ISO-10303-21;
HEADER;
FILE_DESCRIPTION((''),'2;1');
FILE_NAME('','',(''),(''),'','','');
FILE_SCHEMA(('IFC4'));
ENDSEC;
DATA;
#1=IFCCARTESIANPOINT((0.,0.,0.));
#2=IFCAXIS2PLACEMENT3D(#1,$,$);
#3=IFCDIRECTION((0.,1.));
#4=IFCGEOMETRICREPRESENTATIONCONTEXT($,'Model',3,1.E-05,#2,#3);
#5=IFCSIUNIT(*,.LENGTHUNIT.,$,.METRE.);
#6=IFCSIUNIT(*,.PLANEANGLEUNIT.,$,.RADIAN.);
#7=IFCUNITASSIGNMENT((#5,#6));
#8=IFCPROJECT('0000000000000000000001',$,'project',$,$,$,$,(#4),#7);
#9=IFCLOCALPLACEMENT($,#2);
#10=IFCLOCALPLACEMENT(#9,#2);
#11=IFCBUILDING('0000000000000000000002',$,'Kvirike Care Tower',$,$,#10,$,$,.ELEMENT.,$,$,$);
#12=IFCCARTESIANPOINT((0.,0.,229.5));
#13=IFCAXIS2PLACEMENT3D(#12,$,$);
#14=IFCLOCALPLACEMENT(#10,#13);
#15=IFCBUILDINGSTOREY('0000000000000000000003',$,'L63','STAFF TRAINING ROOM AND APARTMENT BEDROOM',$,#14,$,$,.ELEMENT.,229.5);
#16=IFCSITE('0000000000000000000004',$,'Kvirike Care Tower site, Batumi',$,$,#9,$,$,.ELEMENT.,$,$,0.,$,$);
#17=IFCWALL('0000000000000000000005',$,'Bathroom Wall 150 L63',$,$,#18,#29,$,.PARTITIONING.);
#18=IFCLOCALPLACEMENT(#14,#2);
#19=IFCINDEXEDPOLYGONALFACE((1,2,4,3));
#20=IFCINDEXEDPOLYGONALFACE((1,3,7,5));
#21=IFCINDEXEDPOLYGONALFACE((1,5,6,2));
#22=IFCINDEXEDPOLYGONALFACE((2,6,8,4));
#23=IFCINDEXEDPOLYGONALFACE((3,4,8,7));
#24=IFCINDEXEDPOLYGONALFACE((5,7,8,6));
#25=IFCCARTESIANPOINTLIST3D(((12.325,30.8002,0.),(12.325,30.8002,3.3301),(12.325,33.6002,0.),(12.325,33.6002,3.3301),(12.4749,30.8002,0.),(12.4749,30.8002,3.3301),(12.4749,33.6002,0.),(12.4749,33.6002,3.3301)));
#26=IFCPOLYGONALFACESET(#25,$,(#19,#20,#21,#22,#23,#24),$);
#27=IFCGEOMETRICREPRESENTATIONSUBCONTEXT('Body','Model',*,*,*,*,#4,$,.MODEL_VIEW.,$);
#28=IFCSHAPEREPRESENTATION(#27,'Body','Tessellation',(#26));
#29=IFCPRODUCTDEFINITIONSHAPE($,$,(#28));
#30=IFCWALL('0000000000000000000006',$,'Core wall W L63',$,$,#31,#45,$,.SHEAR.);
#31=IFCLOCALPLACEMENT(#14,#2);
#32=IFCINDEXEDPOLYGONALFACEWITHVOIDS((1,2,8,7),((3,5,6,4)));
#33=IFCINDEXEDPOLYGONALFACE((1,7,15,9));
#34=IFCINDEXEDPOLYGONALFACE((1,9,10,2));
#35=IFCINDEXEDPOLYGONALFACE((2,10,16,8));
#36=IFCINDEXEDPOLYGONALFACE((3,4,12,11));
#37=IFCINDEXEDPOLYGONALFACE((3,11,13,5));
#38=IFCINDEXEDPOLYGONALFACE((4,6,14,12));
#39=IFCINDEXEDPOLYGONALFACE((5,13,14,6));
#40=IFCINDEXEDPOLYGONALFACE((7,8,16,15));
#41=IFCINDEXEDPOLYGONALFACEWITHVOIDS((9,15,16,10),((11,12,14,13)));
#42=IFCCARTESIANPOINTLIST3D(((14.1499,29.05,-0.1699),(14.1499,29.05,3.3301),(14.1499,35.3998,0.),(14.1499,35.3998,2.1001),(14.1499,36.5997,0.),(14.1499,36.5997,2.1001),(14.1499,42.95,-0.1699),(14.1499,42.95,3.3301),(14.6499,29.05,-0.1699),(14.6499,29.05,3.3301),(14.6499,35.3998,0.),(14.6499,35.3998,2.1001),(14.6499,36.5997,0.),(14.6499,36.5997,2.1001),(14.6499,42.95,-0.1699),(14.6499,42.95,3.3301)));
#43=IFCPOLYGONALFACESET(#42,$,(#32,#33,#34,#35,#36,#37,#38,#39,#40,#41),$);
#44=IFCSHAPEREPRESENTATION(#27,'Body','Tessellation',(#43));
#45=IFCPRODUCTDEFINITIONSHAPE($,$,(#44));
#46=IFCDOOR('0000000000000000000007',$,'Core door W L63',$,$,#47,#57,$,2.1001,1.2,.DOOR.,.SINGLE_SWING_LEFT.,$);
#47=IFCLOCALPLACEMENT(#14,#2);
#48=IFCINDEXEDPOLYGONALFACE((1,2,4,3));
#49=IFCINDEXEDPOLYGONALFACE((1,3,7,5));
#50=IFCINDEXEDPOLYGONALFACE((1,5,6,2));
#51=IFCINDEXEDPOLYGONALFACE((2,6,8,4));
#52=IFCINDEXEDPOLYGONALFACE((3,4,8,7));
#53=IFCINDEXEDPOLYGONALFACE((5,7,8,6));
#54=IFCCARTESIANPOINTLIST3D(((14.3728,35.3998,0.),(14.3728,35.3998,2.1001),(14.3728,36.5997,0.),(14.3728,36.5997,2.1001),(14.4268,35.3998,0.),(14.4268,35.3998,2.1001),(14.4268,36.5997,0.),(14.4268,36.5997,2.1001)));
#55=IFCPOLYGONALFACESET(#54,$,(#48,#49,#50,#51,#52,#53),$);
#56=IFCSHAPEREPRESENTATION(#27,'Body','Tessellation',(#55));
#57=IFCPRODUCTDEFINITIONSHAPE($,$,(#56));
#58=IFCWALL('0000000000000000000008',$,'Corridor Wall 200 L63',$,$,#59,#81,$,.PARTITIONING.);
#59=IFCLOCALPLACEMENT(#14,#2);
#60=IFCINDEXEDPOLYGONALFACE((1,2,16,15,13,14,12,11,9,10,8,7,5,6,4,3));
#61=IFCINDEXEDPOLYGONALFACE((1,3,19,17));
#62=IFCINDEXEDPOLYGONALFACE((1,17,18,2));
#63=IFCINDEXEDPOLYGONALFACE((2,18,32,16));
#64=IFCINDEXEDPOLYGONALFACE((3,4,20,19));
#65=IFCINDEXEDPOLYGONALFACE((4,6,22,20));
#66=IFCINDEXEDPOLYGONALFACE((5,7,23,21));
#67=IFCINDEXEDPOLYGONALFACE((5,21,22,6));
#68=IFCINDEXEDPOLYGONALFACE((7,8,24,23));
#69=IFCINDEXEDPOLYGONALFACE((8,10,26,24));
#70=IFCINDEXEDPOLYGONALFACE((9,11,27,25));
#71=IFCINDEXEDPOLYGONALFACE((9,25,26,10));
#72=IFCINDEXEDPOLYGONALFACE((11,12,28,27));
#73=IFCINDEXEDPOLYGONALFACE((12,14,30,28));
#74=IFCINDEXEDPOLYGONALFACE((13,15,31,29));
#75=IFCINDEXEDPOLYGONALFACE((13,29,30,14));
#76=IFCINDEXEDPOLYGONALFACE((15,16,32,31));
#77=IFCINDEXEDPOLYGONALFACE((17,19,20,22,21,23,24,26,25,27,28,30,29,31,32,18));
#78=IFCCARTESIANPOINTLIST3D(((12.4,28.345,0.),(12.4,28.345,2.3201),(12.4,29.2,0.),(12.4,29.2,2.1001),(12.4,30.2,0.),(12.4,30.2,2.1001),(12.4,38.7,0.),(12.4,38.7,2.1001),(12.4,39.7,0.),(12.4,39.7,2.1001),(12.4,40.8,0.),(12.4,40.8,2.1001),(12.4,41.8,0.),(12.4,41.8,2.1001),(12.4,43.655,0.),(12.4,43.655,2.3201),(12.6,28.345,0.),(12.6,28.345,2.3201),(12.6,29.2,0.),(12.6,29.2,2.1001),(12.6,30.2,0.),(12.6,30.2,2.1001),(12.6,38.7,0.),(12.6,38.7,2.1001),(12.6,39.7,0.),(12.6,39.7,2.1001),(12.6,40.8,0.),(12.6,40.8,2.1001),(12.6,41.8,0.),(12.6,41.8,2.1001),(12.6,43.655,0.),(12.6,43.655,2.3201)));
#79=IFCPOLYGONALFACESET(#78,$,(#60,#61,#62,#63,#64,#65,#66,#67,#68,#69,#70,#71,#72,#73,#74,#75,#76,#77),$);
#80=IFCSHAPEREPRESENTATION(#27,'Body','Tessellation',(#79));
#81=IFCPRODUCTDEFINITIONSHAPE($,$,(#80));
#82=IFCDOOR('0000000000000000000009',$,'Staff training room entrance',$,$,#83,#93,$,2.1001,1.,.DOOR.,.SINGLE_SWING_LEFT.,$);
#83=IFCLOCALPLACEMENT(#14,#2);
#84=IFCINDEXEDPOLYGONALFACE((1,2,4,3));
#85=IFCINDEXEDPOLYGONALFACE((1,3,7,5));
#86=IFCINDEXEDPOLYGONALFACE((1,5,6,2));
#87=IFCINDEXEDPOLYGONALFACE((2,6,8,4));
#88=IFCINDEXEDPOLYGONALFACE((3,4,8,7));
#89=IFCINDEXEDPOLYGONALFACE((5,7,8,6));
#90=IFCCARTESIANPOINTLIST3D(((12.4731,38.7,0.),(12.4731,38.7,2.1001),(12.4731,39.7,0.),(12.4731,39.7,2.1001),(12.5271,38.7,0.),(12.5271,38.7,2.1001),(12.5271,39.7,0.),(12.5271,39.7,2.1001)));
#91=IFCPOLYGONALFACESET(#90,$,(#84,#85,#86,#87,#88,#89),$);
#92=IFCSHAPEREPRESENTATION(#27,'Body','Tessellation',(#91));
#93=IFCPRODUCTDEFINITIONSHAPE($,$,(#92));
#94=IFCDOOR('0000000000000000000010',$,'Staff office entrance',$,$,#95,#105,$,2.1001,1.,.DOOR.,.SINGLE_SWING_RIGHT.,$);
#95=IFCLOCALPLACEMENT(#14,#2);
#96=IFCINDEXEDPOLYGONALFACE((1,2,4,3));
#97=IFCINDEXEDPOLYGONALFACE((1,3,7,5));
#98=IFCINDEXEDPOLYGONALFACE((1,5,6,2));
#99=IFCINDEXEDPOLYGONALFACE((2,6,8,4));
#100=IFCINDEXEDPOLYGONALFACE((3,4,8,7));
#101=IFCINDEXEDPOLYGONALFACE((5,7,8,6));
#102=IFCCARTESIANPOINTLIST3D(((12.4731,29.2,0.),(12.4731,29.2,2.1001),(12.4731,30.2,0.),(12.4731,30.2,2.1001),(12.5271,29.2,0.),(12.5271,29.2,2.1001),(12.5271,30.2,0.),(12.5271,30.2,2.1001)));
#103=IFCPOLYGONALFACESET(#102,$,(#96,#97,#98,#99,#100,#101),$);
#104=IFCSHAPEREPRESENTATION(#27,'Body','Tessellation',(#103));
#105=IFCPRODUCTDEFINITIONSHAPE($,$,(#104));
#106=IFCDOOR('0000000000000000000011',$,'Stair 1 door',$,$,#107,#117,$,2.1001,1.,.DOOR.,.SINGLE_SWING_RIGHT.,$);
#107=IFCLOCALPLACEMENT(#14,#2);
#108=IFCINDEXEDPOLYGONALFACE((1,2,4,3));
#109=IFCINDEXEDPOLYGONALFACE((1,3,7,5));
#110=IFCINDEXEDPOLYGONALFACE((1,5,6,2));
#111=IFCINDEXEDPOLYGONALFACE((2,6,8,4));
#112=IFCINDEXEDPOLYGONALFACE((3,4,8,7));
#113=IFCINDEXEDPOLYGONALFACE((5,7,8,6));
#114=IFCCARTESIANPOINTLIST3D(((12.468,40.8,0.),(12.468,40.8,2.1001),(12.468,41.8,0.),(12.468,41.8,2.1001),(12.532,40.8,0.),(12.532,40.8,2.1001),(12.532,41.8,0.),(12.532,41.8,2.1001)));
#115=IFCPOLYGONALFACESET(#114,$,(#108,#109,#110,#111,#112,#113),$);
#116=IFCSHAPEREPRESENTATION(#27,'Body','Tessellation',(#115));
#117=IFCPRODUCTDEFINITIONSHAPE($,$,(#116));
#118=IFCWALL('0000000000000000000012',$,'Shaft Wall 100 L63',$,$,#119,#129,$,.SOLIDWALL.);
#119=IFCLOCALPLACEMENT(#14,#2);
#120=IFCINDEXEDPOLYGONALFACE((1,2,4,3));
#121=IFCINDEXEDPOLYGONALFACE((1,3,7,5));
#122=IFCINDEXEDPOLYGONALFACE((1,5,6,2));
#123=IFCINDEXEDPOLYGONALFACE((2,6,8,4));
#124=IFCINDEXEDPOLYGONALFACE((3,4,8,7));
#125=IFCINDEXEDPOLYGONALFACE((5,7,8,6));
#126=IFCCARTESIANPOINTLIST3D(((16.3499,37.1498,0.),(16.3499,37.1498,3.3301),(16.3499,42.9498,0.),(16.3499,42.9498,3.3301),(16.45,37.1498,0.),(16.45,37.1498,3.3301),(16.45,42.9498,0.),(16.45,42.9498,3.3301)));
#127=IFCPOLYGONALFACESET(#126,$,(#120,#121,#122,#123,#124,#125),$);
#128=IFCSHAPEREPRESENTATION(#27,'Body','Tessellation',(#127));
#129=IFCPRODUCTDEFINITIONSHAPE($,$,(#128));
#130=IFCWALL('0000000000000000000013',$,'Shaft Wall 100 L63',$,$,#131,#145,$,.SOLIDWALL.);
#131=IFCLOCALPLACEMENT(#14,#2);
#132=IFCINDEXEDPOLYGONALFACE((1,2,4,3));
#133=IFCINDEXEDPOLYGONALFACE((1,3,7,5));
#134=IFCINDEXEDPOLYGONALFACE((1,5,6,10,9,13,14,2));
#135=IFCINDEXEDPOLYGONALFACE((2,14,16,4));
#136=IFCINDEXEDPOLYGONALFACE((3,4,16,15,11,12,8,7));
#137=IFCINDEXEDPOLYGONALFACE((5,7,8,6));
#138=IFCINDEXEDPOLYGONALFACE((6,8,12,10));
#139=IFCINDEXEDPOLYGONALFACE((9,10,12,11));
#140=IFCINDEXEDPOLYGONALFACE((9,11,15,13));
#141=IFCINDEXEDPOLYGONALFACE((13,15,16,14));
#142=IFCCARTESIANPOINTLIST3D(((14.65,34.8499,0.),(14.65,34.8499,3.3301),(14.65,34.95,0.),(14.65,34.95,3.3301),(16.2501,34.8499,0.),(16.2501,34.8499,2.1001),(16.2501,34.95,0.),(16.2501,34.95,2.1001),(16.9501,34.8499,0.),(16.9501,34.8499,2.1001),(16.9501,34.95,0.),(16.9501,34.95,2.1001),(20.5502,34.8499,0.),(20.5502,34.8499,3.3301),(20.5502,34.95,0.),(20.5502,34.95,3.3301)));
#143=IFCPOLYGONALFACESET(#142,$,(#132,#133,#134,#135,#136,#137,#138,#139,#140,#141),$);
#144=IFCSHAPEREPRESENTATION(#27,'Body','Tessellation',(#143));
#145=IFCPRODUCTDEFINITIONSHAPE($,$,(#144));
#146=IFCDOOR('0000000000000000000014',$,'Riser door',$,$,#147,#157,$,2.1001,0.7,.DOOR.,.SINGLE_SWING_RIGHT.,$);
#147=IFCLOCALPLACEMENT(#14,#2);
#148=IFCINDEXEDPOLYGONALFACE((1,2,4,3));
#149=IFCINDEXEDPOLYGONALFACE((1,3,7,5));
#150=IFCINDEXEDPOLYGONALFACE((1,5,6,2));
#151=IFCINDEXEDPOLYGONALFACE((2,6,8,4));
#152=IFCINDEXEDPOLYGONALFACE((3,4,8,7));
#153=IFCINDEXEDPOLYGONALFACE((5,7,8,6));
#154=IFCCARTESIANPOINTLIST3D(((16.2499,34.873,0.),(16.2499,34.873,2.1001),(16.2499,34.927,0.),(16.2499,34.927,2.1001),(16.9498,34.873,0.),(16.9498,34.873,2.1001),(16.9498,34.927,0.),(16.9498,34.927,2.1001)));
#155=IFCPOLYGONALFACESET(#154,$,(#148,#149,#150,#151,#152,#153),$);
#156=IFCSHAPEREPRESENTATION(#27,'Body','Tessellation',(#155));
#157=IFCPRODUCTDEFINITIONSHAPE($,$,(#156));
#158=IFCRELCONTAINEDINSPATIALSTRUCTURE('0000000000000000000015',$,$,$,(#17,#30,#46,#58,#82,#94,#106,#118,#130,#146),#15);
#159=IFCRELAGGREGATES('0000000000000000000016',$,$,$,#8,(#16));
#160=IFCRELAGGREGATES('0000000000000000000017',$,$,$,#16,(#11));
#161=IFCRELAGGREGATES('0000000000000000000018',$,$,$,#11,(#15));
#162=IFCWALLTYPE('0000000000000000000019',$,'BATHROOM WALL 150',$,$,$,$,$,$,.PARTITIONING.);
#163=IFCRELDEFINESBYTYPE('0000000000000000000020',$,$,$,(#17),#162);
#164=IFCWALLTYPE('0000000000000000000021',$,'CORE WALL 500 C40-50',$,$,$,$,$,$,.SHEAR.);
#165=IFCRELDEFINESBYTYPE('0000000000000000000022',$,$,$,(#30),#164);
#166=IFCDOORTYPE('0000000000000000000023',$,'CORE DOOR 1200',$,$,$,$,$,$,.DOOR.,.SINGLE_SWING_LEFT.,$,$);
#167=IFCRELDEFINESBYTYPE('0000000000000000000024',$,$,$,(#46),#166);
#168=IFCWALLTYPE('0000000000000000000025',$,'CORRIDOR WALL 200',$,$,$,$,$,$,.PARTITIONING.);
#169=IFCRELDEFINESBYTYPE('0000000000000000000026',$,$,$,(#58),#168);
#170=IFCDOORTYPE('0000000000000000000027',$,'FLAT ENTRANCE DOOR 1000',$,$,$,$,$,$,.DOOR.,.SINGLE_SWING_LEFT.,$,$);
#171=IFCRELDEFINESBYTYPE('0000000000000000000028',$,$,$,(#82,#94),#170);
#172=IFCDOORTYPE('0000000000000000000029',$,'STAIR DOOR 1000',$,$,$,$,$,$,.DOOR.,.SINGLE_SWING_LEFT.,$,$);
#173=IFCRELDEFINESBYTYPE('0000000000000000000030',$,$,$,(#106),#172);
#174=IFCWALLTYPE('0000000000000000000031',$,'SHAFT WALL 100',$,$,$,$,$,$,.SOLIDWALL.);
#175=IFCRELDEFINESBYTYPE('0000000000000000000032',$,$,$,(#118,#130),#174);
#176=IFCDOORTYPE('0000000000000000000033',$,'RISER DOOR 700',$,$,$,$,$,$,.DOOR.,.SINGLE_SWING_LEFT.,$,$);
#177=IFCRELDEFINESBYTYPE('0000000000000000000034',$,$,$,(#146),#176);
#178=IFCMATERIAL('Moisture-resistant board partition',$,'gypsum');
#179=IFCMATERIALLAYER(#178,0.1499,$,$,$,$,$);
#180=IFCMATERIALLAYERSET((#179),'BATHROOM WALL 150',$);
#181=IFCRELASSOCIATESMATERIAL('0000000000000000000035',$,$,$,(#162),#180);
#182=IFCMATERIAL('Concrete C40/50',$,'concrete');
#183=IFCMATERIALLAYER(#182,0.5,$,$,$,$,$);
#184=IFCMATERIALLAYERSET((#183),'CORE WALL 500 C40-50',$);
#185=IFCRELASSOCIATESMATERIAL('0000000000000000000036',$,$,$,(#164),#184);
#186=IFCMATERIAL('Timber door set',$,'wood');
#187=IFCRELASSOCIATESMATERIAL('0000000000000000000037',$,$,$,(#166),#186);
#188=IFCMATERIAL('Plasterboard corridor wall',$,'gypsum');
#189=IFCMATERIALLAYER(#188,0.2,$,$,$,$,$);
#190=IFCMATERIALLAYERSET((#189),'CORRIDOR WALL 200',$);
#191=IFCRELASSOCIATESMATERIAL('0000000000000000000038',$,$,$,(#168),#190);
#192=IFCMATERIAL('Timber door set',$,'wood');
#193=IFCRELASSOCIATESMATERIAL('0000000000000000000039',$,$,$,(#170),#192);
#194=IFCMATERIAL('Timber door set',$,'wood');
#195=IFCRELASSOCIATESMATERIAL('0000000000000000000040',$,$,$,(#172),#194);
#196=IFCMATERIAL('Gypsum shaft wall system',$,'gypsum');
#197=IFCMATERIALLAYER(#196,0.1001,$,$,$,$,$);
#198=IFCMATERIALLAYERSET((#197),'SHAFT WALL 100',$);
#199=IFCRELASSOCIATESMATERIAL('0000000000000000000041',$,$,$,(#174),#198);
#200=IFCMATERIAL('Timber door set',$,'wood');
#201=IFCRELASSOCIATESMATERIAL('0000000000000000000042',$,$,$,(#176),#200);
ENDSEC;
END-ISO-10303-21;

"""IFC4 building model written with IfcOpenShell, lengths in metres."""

from ifc_helpers import new_model, si_unit, direction, frame, frame_2d, origin, place, context, subcontext, project, spatial, rectangle, extrude, material, layer, layer_set, type_object, element, fill, save


model = new_model("IFC4")

# Units and contexts
model_context = context("Model", 3, precision=1e-05, world=origin(), true_north=direction((0.0, 1.0)))
body_context = subcontext(model_context, "Body", "Model", "MODEL_VIEW")
ifc_project = project(units=[si_unit("LENGTHUNIT", "METRE"), si_unit("PLANEANGLEUNIT", "RADIAN")], contexts=[model_context])

# Site, building, storey
site_placement = place(None, origin())
site = spatial("IfcSite", under=ifc_project, at=site_placement, Name="Kvirike Care Tower site, Batumi", CompositionType="ELEMENT", RefElevation=0.0)
building_placement = place(site_placement, origin())
building = spatial("IfcBuilding", under=site, at=building_placement, Name="Kvirike Care Tower", CompositionType="ELEMENT")
storey_placement = place(building_placement, frame((0.0, 0.0, 229.5)))
storey = spatial("IfcBuildingStorey", under=building, at=storey_placement, Name="L63", Description="STAFF TRAINING ROOM AND APARTMENT BEDROOM", CompositionType="ELEMENT", Elevation=229.5)

# Wall
ifc_material_1 = material(Name="Moisture-resistant board partition", Category="gypsum")
ifc_layer_1 = layer(ifc_material_1, 0.1499)
ifc_layer_set_1 = layer_set([ifc_layer_1], Name="BATHROOM WALL 150")
wall_type_1 = type_object("IfcWallType", Name="BATHROOM WALL 150", PredefinedType="PARTITIONING", material=ifc_layer_set_1)
wall_1_placement = place(storey_placement, frame((12.3999, 33.6001, 0.0), z_axis=(0.0, 0.0, 1.0), x_axis=(0.0, -1.0, 0.0)))
element("IfcWall", 1, at=wall_1_placement, inside=storey, type_object=wall_type_1, Name="Bathroom Wall 150 L63", PredefinedType="PARTITIONING", context=body_context, shape_type="SweptSolid", body=[
    extrude(rectangle(XDim=2.8, YDim=0.1499, at=frame_2d((1.3999, 0.0))), origin(), (0.0, 0.0, 1.0), 3.3301),
])

# Wall, opening, door
ifc_material_2 = material(Name="Concrete C40/50", Category="concrete")
ifc_layer_2 = layer(ifc_material_2, 0.5)
ifc_layer_set_2 = layer_set([ifc_layer_2], Name="CORE WALL 500 C40-50")
wall_type_2 = type_object("IfcWallType", Name="CORE WALL 500 C40-50", PredefinedType="SHEAR", material=ifc_layer_set_2)
wall_2_placement = place(storey_placement, frame((14.3999, 42.95, -0.1699), z_axis=(0.0, 0.0, 1.0), x_axis=(0.0, -1.0, 0.0)))
wall_2 = element("IfcWall", 2, at=wall_2_placement, inside=storey, type_object=wall_type_2, Name="Core wall W L63", PredefinedType="SHEAR", context=body_context, shape_type="SweptSolid", body=[
    extrude(rectangle(XDim=13.8999, YDim=0.5, at=frame_2d((6.95, 0.0))), origin(), (0.0, 0.0, 1.0), 3.5),
])
opening_1_placement = place(wall_2_placement, frame((6.3501, 0.0, 0.1699)))
opening_1 = element("IfcOpeningElement", 3, at=opening_1_placement, cuts=wall_2, PredefinedType="OPENING", context=body_context, shape_type="SweptSolid", body=[
    extrude(rectangle(XDim=1.2, YDim=2.1001, at=frame_2d((0.6001, 1.05))), frame((0.0, 0.2605, 0.0), z_axis=(0.0, -1.0, 0.0), x_axis=(1.0, 0.0, 0.0)), (0.0, 0.0, 1.0), 0.521),
])
ifc_material_3 = material(Name="Timber door set", Category="wood")
door_type_1 = type_object("IfcDoorType", Name="CORE DOOR 1200", OperationType="SINGLE_SWING_LEFT", PredefinedType="DOOR", material=ifc_material_3)
door_1_placement = place(opening_1_placement, origin())
door_1 = element("IfcDoor", 4, at=door_1_placement, inside=storey, type_object=door_type_1, Name="Core door W L63", OperationType="SINGLE_SWING_LEFT", OverallHeight=2.1001, OverallWidth=1.2, PredefinedType="DOOR", context=body_context, shape_type="SweptSolid", body=[
    extrude(rectangle(XDim=1.2, YDim=2.1001, at=frame_2d((0.6001, 1.05))), frame((0.0, 0.0269, 0.0), z_axis=(0.0, -1.0, 0.0), x_axis=(1.0, 0.0, 0.0)), (0.0, 0.0, 1.0), 0.054),
])
fill(opening_1, door_1)

# Wall, openings, doors
ifc_material_4 = material(Name="Plasterboard corridor wall", Category="gypsum")
ifc_layer_3 = layer(ifc_material_4, 0.2)
ifc_layer_set_3 = layer_set([ifc_layer_3], Name="CORRIDOR WALL 200")
wall_type_3 = type_object("IfcWallType", Name="CORRIDOR WALL 200", PredefinedType="PARTITIONING", material=ifc_layer_set_3)
wall_3_placement = place(storey_placement, frame((12.5, 43.655, 0.0), z_axis=(0.0, 0.0, 1.0), x_axis=(0.0, -1.0, 0.0)))
wall_3 = element("IfcWall", 5, at=wall_3_placement, inside=storey, type_object=wall_type_3, Name="Corridor Wall 200 L63", PredefinedType="PARTITIONING", context=body_context, shape_type="SweptSolid", body=[
    extrude(rectangle(XDim=15.3101, YDim=0.2, at=frame_2d((7.655, 0.0))), origin(), (0.0, 0.0, 1.0), 2.3201),
])
opening_2_placement = place(wall_3_placement, frame((1.855, 0.0, 0.0)))
opening_2 = element("IfcOpeningElement", 6, at=opening_2_placement, cuts=wall_3, PredefinedType="OPENING", context=body_context, shape_type="SweptSolid", body=[
    extrude(rectangle(XDim=1.0, YDim=2.1001, at=frame_2d((0.5, 1.05))), frame((0.0, 0.1106, 0.0), z_axis=(0.0, -1.0, 0.0), x_axis=(1.0, 0.0, 0.0)), (0.0, 0.0, 1.0), 0.2209),
])
opening_3_placement = place(wall_3_placement, frame((3.9551, 0.0, 0.0)))
opening_3 = element("IfcOpeningElement", 7, at=opening_3_placement, cuts=wall_3, PredefinedType="OPENING", context=body_context, shape_type="SweptSolid", body=[
    extrude(rectangle(XDim=1.0, YDim=2.1001, at=frame_2d((0.5, 1.05))), frame((0.0, 0.1106, 0.0), z_axis=(0.0, -1.0, 0.0), x_axis=(1.0, 0.0, 0.0)), (0.0, 0.0, 1.0), 0.2209),
])
opening_4_placement = place(wall_3_placement, frame((13.4551, 0.0, 0.0)))
opening_4 = element("IfcOpeningElement", 8, at=opening_4_placement, cuts=wall_3, PredefinedType="OPENING", context=body_context, shape_type="SweptSolid", body=[
    extrude(rectangle(XDim=1.0, YDim=2.1001, at=frame_2d((0.5, 1.05))), frame((0.0, 0.1106, 0.0), z_axis=(0.0, -1.0, 0.0), x_axis=(1.0, 0.0, 0.0)), (0.0, 0.0, 1.0), 0.2209),
])
ifc_material_5 = material(Name="Timber door set", Category="wood")
door_type_2 = type_object("IfcDoorType", Name="FLAT ENTRANCE DOOR 1000", OperationType="SINGLE_SWING_LEFT", PredefinedType="DOOR", material=ifc_material_5)
door_2_placement = place(opening_3_placement, frame((1.0, 0.0, 0.0), z_axis=(0.0, 0.0, 1.0), x_axis=(-1.0, 0.0, 0.0)))
door_2 = element("IfcDoor", 9, at=door_2_placement, inside=storey, type_object=door_type_2, Name="Staff training room entrance", OperationType="SINGLE_SWING_LEFT", OverallHeight=2.1001, OverallWidth=1.0, PredefinedType="DOOR", context=body_context, shape_type="SweptSolid", body=[
    extrude(rectangle(XDim=1.0, YDim=2.1001, at=frame_2d((0.5, 1.05))), frame((0.0, 0.0269, 0.0), z_axis=(0.0, -1.0, 0.0), x_axis=(1.0, 0.0, 0.0)), (0.0, 0.0, 1.0), 0.054),
])
fill(opening_3, door_2)
door_3_placement = place(opening_4_placement, frame((1.0, 0.0, 0.0), z_axis=(0.0, 0.0, 1.0), x_axis=(-1.0, 0.0, 0.0)))
door_3 = element("IfcDoor", 10, at=door_3_placement, inside=storey, type_object=door_type_2, Name="Staff office entrance", OperationType="SINGLE_SWING_RIGHT", OverallHeight=2.1001, OverallWidth=1.0, PredefinedType="DOOR", context=body_context, shape_type="SweptSolid", body=[
    extrude(rectangle(XDim=1.0, YDim=2.1001, at=frame_2d((0.5, 1.05))), frame((0.0, 0.0269, 0.0), z_axis=(0.0, -1.0, 0.0), x_axis=(1.0, 0.0, 0.0)), (0.0, 0.0, 1.0), 0.054),
])
fill(opening_4, door_3)
ifc_material_6 = material(Name="Timber door set", Category="wood")
door_type_3 = type_object("IfcDoorType", Name="STAIR DOOR 1000", OperationType="SINGLE_SWING_LEFT", PredefinedType="DOOR", material=ifc_material_6)
door_4_placement = place(opening_2_placement, frame((1.0, 0.0, 0.0), z_axis=(0.0, 0.0, 1.0), x_axis=(-1.0, 0.0, 0.0)))
door_4 = element("IfcDoor", 11, at=door_4_placement, inside=storey, type_object=door_type_3, Name="Stair 1 door", OperationType="SINGLE_SWING_RIGHT", OverallHeight=2.1001, OverallWidth=1.0, PredefinedType="DOOR", context=body_context, shape_type="SweptSolid", body=[
    extrude(rectangle(XDim=1.0, YDim=2.1001, at=frame_2d((0.5, 1.05))), frame((0.0, 0.032, 0.0), z_axis=(0.0, -1.0, 0.0), x_axis=(1.0, 0.0, 0.0)), (0.0, 0.0, 1.0), 0.064),
])
fill(opening_2, door_4)

# Wall
ifc_material_7 = material(Name="Gypsum shaft wall system", Category="gypsum")
ifc_layer_4 = layer(ifc_material_7, 0.1001)
ifc_layer_set_4 = layer_set([ifc_layer_4], Name="SHAFT WALL 100")
wall_type_4 = type_object("IfcWallType", Name="SHAFT WALL 100", PredefinedType="SOLIDWALL", material=ifc_layer_set_4)
wall_4_placement = place(storey_placement, frame((16.3999, 37.1499, 0.0), z_axis=(0.0, 0.0, 1.0), x_axis=(0.0, 1.0, 0.0)))
element("IfcWall", 12, at=wall_4_placement, inside=storey, type_object=wall_type_4, Name="Shaft Wall 100 L63", PredefinedType="SOLIDWALL", context=body_context, shape_type="SweptSolid", body=[
    extrude(rectangle(XDim=5.8, YDim=0.1001, at=frame_2d((2.8999, 0.0))), origin(), (0.0, 0.0, 1.0), 3.3301),
])

# Wall, opening, door
wall_5_placement = place(storey_placement, frame((14.6499, 34.8999, 0.0), z_axis=(0.0, 0.0, 1.0), x_axis=(1.0, 0.0, 0.0)))
wall_5 = element("IfcWall", 13, at=wall_5_placement, inside=storey, type_object=wall_type_4, Name="Shaft Wall 100 L63", PredefinedType="SOLIDWALL", context=body_context, shape_type="SweptSolid", body=[
    extrude(rectangle(XDim=5.9001, YDim=0.1001, at=frame_2d((2.9502, 0.0))), origin(), (0.0, 0.0, 1.0), 3.3301),
])
opening_5_placement = place(wall_5_placement, frame((1.6001, 0.0, 0.0)))
opening_5 = element("IfcOpeningElement", 14, at=opening_5_placement, cuts=wall_5, PredefinedType="OPENING", context=body_context, shape_type="SweptSolid", body=[
    extrude(rectangle(XDim=0.7, YDim=2.1001, at=frame_2d((0.3501, 1.05))), frame((0.0, 0.0605, 0.0), z_axis=(0.0, -1.0, 0.0), x_axis=(1.0, 0.0, 0.0)), (0.0, 0.0, 1.0), 0.1211),
])
ifc_material_8 = material(Name="Timber door set", Category="wood")
door_type_4 = type_object("IfcDoorType", Name="RISER DOOR 700", OperationType="SINGLE_SWING_LEFT", PredefinedType="DOOR", material=ifc_material_8)
door_5_placement = place(opening_5_placement, frame((0.7, 0.0, 0.0), z_axis=(0.0, 0.0, 1.0), x_axis=(-1.0, 0.0, 0.0)))
door_5 = element("IfcDoor", 15, at=door_5_placement, inside=storey, type_object=door_type_4, Name="Riser door", OperationType="SINGLE_SWING_RIGHT", OverallHeight=2.1001, OverallWidth=0.7, PredefinedType="DOOR", context=body_context, shape_type="SweptSolid", body=[
    extrude(rectangle(XDim=0.7, YDim=2.1001, at=frame_2d((0.3501, 1.05))), frame((0.0, 0.0269, 0.0), z_axis=(0.0, -1.0, 0.0), x_axis=(1.0, 0.0, 0.0)), (0.0, 0.0, 1.0), 0.054),
])
fill(opening_5, door_5)

save(model, "model.ifc")
